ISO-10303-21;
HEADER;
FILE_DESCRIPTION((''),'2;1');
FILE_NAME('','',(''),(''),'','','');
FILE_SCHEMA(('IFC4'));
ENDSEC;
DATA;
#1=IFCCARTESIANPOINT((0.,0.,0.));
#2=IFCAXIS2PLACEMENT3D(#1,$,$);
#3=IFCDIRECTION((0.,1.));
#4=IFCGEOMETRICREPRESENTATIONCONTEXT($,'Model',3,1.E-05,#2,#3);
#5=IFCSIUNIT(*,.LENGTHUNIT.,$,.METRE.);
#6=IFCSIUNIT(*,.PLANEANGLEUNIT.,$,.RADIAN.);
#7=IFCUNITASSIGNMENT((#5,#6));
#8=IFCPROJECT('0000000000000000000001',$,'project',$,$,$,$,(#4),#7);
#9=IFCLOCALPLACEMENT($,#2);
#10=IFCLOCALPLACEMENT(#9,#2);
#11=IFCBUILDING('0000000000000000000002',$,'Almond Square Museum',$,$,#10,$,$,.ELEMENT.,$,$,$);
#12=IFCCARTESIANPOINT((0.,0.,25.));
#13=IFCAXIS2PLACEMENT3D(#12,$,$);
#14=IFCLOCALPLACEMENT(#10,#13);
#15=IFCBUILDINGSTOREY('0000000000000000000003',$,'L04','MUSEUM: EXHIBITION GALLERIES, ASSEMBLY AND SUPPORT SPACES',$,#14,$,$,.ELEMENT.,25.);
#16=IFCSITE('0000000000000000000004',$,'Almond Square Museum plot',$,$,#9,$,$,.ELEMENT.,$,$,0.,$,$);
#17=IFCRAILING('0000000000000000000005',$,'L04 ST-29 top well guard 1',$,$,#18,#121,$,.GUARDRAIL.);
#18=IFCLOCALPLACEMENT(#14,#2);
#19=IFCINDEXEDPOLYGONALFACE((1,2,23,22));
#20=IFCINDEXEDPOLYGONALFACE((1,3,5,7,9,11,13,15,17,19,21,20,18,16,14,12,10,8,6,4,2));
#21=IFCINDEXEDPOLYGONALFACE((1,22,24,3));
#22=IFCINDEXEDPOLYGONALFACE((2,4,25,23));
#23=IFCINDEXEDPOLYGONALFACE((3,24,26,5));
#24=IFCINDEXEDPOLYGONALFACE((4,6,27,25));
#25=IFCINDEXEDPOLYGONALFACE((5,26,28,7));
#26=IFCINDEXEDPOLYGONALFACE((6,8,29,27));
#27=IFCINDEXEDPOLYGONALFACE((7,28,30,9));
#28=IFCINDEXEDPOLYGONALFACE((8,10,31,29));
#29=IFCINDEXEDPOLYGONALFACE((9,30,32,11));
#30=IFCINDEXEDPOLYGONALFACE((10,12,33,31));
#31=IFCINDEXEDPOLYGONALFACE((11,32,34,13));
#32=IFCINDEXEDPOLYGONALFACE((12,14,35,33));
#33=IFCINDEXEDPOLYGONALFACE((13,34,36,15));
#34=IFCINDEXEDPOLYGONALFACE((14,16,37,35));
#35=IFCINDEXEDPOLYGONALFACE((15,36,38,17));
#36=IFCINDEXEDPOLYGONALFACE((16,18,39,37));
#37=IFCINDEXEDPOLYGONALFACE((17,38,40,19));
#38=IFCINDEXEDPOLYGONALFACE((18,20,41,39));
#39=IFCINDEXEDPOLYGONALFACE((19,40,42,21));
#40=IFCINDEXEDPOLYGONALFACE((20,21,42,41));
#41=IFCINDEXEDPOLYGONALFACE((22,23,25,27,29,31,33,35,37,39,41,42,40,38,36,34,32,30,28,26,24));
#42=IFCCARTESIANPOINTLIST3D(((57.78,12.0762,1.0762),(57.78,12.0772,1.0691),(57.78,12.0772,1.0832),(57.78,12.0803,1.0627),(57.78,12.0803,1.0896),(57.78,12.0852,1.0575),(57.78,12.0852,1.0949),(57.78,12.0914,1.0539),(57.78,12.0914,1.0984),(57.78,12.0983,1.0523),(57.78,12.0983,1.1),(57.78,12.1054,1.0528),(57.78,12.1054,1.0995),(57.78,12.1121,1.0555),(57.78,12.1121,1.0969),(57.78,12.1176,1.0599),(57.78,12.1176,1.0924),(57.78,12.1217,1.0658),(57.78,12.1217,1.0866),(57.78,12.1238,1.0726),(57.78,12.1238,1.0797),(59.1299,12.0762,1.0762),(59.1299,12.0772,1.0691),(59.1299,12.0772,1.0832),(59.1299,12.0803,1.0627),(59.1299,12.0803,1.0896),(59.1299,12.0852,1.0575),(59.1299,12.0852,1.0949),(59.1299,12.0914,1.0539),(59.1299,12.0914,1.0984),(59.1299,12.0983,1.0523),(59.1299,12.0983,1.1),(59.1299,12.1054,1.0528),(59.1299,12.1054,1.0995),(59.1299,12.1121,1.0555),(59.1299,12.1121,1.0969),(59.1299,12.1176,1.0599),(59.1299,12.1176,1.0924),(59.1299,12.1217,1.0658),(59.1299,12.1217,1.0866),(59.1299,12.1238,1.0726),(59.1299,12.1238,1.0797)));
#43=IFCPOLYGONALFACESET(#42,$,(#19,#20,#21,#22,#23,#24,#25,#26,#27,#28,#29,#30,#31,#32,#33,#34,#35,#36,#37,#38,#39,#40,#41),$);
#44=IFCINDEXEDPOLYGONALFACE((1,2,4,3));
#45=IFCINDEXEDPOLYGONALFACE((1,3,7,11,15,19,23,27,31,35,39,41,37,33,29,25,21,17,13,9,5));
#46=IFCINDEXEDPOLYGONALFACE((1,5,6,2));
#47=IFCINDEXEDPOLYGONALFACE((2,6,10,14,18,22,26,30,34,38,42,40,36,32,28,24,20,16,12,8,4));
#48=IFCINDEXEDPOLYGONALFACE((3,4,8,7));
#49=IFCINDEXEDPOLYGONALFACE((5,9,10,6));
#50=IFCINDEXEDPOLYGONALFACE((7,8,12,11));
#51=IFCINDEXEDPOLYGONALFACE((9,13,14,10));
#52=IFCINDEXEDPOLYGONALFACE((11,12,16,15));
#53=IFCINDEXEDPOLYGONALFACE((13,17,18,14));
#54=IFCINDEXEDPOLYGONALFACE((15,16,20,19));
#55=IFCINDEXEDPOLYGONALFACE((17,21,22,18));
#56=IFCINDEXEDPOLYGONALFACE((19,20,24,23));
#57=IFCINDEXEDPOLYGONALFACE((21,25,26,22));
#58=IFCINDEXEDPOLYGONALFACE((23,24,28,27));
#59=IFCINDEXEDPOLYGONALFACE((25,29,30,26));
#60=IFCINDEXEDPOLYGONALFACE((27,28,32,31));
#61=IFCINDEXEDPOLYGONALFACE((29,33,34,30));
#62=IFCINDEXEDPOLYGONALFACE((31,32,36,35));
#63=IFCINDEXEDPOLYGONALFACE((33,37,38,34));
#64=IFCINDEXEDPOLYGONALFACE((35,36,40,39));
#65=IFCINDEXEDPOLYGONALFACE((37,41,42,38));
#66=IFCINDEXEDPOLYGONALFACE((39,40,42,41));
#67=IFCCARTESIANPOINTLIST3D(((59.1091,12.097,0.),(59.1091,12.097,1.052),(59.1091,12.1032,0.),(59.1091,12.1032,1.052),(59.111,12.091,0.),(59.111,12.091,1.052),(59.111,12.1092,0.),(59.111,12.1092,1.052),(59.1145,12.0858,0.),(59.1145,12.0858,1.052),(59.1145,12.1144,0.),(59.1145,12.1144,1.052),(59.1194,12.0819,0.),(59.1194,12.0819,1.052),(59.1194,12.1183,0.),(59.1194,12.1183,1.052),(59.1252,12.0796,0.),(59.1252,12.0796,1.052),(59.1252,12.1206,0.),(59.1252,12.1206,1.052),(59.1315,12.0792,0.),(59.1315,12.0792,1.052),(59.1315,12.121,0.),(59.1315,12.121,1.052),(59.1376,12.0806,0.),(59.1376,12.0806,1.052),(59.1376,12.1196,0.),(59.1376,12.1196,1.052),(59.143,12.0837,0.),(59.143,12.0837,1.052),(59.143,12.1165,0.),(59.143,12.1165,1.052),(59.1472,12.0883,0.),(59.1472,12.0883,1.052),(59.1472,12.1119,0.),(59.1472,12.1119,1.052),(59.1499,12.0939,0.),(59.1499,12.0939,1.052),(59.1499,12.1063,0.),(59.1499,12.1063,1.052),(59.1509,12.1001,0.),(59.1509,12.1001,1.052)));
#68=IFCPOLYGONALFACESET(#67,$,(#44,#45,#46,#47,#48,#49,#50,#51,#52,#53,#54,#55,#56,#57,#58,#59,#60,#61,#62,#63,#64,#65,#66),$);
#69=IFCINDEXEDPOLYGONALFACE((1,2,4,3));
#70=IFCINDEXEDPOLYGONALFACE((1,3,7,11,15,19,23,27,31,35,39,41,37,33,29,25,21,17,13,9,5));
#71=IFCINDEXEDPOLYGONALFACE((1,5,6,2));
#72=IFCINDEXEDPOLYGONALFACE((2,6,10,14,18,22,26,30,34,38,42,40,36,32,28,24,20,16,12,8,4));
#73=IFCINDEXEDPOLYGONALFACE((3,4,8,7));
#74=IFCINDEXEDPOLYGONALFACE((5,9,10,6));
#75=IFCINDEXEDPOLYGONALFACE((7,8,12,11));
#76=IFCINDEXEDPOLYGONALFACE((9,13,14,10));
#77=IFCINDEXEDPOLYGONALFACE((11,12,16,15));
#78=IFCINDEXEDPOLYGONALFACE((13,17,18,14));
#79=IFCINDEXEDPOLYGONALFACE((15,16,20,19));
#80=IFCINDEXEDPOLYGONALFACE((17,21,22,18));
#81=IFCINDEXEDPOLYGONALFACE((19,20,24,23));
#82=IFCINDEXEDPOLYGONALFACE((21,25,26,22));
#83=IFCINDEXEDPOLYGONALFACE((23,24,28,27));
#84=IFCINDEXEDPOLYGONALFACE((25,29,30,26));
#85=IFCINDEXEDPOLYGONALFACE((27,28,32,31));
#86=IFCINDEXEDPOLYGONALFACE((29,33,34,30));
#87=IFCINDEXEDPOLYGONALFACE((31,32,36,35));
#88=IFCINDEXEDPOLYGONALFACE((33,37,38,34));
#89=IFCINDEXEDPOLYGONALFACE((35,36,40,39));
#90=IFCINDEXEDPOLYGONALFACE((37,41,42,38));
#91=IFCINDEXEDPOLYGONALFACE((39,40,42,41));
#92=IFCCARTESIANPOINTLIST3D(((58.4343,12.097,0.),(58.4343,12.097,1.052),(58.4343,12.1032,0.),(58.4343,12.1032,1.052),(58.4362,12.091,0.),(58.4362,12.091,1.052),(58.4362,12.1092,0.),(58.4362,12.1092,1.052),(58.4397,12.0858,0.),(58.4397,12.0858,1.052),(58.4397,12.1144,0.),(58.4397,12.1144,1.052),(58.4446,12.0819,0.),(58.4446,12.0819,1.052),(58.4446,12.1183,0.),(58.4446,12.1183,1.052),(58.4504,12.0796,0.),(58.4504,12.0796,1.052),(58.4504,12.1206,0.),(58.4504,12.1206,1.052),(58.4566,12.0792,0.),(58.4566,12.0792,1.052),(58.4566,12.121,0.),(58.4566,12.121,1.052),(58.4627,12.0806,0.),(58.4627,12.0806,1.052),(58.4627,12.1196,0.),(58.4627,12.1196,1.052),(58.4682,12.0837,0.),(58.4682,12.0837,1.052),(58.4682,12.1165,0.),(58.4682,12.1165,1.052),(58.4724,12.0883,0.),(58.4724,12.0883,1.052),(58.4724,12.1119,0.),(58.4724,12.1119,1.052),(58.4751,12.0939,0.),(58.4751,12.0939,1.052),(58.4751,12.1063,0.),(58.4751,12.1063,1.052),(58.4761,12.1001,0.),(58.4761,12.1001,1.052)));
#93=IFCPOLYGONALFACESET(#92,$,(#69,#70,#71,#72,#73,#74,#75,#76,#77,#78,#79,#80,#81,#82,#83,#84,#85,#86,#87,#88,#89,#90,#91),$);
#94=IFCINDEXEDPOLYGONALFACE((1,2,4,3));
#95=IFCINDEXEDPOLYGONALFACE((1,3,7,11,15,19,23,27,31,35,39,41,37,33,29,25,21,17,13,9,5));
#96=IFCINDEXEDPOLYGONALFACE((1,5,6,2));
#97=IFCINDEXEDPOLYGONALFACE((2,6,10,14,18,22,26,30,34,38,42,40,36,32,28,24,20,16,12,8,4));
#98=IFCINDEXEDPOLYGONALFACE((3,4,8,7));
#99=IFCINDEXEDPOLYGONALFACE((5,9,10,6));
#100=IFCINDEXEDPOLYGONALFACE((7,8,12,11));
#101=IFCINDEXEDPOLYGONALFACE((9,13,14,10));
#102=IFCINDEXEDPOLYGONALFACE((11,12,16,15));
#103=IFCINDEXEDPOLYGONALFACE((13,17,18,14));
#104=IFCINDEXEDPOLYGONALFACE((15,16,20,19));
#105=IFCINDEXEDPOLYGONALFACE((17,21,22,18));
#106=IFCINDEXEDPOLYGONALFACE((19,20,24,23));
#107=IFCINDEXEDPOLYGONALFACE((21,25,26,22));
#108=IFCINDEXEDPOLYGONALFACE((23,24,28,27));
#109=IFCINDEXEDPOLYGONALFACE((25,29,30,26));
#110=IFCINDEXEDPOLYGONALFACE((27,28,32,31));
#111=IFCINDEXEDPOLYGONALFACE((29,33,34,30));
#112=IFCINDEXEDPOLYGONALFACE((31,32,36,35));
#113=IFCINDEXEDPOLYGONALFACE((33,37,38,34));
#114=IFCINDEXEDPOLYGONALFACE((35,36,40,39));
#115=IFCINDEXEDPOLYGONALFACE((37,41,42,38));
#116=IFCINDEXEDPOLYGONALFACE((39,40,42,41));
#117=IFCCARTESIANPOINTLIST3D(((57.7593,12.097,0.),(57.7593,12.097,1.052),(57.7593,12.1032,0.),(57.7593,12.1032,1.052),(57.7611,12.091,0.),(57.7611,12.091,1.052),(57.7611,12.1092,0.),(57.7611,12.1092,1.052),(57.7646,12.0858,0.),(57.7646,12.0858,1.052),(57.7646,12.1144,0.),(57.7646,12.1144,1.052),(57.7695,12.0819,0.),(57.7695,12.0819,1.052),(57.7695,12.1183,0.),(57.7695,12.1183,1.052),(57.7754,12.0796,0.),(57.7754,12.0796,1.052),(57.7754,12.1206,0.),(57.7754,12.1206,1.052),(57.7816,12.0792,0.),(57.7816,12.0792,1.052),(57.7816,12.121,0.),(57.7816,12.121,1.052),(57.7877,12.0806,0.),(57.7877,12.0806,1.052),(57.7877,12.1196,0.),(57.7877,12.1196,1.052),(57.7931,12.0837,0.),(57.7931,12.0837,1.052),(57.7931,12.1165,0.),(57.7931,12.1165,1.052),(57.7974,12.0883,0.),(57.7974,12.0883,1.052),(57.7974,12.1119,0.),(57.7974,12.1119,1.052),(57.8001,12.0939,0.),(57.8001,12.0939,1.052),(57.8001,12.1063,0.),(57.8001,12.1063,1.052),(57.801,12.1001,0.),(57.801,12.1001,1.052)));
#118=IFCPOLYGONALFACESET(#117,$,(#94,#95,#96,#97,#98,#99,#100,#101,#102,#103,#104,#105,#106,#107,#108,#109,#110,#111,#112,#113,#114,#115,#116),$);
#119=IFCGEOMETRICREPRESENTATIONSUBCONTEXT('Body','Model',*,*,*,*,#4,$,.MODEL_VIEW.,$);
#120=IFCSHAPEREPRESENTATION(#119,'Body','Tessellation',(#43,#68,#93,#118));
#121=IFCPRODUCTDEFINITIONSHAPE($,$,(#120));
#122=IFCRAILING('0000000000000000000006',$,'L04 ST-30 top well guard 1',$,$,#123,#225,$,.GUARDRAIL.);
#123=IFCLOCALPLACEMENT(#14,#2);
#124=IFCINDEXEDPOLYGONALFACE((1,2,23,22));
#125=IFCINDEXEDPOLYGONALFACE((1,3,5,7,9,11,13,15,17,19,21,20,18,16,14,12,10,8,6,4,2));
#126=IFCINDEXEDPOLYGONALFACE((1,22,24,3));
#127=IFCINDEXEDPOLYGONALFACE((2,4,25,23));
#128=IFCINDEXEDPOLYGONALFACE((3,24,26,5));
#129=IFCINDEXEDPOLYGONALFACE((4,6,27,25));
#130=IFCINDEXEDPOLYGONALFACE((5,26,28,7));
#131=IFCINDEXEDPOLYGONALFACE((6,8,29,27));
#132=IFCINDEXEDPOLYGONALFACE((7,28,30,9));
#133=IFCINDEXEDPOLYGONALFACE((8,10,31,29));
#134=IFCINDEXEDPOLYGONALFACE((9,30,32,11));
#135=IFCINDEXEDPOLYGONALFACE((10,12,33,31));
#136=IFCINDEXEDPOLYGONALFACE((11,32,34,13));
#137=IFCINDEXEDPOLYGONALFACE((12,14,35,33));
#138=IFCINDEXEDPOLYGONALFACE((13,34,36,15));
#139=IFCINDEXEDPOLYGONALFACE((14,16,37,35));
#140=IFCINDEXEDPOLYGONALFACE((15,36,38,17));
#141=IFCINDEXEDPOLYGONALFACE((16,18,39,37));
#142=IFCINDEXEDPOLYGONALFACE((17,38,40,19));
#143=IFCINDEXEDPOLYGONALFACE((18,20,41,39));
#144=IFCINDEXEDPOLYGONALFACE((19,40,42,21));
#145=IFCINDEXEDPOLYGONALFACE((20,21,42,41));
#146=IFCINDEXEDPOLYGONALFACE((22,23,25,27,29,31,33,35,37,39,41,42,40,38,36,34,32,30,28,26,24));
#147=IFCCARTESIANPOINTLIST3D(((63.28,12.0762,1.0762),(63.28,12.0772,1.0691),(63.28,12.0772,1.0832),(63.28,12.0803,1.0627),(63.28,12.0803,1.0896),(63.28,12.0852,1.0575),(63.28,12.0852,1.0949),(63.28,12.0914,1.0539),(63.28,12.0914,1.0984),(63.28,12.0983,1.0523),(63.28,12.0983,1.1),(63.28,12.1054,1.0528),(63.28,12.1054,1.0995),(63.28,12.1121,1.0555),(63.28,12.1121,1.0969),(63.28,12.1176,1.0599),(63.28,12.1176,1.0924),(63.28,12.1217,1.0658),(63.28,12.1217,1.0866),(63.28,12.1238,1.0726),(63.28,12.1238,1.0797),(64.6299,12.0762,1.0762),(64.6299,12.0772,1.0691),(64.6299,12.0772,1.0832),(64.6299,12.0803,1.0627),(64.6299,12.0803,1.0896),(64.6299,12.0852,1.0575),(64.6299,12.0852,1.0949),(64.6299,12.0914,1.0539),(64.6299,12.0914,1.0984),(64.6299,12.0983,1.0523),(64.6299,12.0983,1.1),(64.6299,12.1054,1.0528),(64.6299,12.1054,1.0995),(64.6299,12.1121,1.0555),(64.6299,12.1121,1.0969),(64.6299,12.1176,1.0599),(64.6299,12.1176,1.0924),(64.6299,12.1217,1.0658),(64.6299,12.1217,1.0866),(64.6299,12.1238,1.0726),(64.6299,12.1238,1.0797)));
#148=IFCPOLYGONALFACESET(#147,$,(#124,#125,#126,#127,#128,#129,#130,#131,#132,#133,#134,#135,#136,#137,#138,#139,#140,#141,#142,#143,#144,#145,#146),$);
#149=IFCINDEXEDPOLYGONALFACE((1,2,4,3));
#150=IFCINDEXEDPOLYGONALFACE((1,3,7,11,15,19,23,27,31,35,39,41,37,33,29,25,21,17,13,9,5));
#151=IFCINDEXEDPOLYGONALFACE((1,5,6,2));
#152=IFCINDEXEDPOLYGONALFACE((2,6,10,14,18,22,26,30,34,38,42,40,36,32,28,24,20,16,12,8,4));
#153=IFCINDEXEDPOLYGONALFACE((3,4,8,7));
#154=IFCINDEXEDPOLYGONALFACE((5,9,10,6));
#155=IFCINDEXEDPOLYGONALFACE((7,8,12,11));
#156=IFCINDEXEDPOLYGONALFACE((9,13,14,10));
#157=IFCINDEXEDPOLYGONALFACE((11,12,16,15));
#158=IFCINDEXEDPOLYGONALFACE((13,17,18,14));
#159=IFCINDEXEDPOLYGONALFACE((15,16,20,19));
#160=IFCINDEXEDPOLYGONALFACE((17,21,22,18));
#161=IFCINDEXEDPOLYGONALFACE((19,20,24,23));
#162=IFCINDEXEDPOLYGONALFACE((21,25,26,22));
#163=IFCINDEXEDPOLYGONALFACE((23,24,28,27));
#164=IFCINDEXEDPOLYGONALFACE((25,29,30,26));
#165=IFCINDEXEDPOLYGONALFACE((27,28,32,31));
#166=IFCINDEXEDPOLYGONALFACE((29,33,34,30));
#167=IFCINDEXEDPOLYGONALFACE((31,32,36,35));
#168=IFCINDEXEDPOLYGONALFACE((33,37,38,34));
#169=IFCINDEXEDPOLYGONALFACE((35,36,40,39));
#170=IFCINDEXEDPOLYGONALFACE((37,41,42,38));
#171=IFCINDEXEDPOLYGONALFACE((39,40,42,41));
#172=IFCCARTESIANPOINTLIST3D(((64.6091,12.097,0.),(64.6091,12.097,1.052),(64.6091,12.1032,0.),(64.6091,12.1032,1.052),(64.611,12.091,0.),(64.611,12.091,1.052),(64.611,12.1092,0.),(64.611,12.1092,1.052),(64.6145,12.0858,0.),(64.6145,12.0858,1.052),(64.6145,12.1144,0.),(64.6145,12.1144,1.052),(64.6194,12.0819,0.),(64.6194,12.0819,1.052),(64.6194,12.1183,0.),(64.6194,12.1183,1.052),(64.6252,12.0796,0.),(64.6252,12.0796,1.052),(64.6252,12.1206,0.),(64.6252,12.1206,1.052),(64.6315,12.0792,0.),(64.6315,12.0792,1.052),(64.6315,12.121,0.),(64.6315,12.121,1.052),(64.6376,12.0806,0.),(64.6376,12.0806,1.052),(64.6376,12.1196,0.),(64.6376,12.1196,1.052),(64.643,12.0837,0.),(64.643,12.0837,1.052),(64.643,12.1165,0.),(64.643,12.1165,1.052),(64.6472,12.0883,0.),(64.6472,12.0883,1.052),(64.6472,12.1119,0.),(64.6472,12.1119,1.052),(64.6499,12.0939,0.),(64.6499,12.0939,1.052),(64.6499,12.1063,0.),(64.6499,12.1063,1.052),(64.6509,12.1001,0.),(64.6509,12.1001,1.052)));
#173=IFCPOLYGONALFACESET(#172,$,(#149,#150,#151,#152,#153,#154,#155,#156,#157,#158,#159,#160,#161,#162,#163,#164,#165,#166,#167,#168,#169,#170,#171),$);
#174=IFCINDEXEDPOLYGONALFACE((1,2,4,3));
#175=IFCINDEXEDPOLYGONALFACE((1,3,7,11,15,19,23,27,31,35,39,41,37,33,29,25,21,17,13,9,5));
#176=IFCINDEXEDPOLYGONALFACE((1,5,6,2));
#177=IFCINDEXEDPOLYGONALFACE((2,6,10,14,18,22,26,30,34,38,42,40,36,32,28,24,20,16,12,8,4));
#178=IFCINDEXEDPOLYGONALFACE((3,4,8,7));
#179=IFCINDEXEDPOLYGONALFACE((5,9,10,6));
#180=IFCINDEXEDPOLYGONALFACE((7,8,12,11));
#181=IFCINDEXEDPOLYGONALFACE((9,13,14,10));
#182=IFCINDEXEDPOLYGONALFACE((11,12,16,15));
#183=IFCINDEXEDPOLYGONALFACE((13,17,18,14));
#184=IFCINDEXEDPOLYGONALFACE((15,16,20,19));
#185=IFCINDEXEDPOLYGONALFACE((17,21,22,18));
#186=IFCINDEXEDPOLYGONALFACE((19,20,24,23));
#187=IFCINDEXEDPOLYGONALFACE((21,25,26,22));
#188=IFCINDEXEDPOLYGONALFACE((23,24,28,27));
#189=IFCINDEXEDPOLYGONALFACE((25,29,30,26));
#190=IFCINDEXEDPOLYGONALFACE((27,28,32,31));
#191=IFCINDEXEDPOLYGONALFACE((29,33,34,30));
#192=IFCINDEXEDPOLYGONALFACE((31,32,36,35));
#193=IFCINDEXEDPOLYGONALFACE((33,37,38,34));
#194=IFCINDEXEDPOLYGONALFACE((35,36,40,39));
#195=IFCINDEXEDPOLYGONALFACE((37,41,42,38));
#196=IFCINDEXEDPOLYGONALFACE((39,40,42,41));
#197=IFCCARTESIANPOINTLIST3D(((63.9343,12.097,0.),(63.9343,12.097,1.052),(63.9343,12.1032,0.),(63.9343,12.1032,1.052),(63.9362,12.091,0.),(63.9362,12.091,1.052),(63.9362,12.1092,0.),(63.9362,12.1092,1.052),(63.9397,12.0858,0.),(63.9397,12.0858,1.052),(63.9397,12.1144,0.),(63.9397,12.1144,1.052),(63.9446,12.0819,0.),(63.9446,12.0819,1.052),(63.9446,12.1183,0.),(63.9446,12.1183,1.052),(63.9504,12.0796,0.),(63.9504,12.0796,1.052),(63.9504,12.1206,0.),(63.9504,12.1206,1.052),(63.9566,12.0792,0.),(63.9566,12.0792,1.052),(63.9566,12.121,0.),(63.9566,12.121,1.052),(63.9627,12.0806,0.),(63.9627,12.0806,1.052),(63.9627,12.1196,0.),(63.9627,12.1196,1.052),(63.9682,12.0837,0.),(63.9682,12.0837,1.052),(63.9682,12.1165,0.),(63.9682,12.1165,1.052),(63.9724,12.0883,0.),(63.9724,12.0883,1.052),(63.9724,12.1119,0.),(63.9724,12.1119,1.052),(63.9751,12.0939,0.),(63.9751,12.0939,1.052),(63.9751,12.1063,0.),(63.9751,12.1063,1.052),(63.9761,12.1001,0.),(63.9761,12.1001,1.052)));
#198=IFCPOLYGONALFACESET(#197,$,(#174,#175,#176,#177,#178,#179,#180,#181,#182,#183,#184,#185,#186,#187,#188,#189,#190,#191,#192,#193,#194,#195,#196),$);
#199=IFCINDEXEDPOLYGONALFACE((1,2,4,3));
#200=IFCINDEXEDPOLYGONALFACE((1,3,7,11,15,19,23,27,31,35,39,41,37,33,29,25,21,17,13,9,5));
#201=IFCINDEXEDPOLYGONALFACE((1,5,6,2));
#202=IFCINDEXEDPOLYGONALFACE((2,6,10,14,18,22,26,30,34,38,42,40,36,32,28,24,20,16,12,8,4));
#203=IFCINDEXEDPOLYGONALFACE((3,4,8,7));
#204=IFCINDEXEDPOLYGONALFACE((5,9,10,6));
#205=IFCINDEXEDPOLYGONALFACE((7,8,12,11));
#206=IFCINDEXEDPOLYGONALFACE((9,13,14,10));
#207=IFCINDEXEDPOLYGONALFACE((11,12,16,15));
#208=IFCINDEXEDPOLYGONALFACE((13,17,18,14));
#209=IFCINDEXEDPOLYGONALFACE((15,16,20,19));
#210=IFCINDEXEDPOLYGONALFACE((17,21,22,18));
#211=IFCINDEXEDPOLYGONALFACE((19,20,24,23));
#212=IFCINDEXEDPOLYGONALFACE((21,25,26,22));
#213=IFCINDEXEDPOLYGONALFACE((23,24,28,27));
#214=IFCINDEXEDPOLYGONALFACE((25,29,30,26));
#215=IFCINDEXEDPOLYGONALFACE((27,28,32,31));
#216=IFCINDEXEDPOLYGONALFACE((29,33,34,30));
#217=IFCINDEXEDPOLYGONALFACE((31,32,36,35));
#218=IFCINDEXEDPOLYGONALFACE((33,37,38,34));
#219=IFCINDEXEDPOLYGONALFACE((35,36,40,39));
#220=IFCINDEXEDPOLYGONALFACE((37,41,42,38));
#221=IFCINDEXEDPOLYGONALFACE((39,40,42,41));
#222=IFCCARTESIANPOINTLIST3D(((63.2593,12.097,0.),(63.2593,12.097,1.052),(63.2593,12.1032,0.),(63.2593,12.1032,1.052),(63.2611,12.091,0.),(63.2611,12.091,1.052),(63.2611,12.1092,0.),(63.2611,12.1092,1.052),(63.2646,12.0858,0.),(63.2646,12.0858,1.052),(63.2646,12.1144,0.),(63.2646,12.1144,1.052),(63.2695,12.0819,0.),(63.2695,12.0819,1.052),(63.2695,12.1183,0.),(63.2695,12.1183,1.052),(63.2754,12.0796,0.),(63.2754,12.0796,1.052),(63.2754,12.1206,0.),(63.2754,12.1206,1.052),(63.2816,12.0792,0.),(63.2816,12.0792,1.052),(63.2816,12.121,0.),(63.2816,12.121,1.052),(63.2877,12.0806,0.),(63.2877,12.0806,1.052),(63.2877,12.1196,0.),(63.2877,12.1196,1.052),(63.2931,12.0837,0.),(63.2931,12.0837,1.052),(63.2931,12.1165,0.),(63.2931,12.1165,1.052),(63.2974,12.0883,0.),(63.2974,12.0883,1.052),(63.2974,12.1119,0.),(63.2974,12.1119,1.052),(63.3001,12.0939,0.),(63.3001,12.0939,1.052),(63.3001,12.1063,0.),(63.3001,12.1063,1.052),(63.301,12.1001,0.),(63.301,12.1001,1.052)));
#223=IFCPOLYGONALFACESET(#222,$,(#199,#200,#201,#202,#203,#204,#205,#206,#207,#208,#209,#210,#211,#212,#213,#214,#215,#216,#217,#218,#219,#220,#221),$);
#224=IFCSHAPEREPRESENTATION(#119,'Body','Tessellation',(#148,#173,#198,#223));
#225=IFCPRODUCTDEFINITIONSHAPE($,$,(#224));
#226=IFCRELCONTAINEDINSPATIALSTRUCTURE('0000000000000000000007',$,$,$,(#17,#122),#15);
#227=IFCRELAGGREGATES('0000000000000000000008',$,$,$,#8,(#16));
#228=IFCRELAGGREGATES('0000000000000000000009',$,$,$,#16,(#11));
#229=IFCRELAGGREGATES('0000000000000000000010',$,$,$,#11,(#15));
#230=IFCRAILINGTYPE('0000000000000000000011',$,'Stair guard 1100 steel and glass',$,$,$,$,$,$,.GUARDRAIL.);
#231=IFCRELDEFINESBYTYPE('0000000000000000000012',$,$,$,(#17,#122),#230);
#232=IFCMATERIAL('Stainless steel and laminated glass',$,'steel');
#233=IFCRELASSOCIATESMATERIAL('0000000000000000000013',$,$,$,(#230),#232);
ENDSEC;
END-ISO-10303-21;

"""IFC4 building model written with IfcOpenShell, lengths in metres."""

from ifc_helpers import new_model, si_unit, direction, frame, origin, origin_2d, place, context, subcontext, project, spatial, circle, extrude, material, type_object, element, save


model = new_model("IFC4")

# Units and contexts
model_context = context("Model", 3, precision=1e-05, world=origin(), true_north=direction((0.0, 1.0)))
body_context = subcontext(model_context, "Body", "Model", "MODEL_VIEW")
ifc_project = project(units=[si_unit("LENGTHUNIT", "METRE"), si_unit("PLANEANGLEUNIT", "RADIAN")], contexts=[model_context])

# Site, building, storey
site_placement = place(None, origin())
site = spatial("IfcSite", under=ifc_project, at=site_placement, Name="Almond Square Museum plot", CompositionType="ELEMENT", RefElevation=0.0)
building_placement = place(site_placement, origin())
building = spatial("IfcBuilding", under=site, at=building_placement, Name="Almond Square Museum", CompositionType="ELEMENT")
storey_placement = place(building_placement, frame((0.0, 0.0, 25.0)))
storey = spatial("IfcBuildingStorey", under=building, at=storey_placement, Name="L04", Description="MUSEUM: EXHIBITION GALLERIES, ASSEMBLY AND SUPPORT SPACES", CompositionType="ELEMENT", Elevation=25.0)

# Railings
ifc_material_1 = material(Name="Stainless steel and laminated glass", Category="steel")
railing_type = type_object("IfcRailingType", Name="Stair guard 1100 steel and glass", PredefinedType="GUARDRAIL", material=ifc_material_1)
for number, where, name in (
    (1, (59.1299, 12.1001, 0.0), "L04 ST-29 top well guard 1"),
    (2, (64.6299, 12.1001, 0.0), "L04 ST-30 top well guard 1"),
):
    element("IfcRailing", number, at=place(storey_placement, frame(where)), inside=storey, type_object=railing_type, Name=name, PredefinedType="GUARDRAIL", context=body_context, shape_type="SweptSolid", body=[
        extrude(circle(Radius=0.0239, at=origin_2d()), frame((0.0, 0.0, 1.0762), z_axis=(-1.0, 0.0, 0.0), x_axis=(0.0, -1.0, 0.0)), (0.0, 0.0, 1.0), 1.3499),
        extrude(circle(Radius=0.021, at=origin_2d()), origin(), (0.0, 0.0, 1.0), 1.052),
        extrude(circle(Radius=0.021, at=origin_2d()), frame((-0.6748, 0.0, 0.0)), (0.0, 0.0, 1.0), 1.052),
        extrude(circle(Radius=0.021, at=origin_2d()), frame((-1.3499, 0.0, 0.0)), (0.0, 0.0, 1.0), 1.052),
    ])

save(model, "model.ifc")
